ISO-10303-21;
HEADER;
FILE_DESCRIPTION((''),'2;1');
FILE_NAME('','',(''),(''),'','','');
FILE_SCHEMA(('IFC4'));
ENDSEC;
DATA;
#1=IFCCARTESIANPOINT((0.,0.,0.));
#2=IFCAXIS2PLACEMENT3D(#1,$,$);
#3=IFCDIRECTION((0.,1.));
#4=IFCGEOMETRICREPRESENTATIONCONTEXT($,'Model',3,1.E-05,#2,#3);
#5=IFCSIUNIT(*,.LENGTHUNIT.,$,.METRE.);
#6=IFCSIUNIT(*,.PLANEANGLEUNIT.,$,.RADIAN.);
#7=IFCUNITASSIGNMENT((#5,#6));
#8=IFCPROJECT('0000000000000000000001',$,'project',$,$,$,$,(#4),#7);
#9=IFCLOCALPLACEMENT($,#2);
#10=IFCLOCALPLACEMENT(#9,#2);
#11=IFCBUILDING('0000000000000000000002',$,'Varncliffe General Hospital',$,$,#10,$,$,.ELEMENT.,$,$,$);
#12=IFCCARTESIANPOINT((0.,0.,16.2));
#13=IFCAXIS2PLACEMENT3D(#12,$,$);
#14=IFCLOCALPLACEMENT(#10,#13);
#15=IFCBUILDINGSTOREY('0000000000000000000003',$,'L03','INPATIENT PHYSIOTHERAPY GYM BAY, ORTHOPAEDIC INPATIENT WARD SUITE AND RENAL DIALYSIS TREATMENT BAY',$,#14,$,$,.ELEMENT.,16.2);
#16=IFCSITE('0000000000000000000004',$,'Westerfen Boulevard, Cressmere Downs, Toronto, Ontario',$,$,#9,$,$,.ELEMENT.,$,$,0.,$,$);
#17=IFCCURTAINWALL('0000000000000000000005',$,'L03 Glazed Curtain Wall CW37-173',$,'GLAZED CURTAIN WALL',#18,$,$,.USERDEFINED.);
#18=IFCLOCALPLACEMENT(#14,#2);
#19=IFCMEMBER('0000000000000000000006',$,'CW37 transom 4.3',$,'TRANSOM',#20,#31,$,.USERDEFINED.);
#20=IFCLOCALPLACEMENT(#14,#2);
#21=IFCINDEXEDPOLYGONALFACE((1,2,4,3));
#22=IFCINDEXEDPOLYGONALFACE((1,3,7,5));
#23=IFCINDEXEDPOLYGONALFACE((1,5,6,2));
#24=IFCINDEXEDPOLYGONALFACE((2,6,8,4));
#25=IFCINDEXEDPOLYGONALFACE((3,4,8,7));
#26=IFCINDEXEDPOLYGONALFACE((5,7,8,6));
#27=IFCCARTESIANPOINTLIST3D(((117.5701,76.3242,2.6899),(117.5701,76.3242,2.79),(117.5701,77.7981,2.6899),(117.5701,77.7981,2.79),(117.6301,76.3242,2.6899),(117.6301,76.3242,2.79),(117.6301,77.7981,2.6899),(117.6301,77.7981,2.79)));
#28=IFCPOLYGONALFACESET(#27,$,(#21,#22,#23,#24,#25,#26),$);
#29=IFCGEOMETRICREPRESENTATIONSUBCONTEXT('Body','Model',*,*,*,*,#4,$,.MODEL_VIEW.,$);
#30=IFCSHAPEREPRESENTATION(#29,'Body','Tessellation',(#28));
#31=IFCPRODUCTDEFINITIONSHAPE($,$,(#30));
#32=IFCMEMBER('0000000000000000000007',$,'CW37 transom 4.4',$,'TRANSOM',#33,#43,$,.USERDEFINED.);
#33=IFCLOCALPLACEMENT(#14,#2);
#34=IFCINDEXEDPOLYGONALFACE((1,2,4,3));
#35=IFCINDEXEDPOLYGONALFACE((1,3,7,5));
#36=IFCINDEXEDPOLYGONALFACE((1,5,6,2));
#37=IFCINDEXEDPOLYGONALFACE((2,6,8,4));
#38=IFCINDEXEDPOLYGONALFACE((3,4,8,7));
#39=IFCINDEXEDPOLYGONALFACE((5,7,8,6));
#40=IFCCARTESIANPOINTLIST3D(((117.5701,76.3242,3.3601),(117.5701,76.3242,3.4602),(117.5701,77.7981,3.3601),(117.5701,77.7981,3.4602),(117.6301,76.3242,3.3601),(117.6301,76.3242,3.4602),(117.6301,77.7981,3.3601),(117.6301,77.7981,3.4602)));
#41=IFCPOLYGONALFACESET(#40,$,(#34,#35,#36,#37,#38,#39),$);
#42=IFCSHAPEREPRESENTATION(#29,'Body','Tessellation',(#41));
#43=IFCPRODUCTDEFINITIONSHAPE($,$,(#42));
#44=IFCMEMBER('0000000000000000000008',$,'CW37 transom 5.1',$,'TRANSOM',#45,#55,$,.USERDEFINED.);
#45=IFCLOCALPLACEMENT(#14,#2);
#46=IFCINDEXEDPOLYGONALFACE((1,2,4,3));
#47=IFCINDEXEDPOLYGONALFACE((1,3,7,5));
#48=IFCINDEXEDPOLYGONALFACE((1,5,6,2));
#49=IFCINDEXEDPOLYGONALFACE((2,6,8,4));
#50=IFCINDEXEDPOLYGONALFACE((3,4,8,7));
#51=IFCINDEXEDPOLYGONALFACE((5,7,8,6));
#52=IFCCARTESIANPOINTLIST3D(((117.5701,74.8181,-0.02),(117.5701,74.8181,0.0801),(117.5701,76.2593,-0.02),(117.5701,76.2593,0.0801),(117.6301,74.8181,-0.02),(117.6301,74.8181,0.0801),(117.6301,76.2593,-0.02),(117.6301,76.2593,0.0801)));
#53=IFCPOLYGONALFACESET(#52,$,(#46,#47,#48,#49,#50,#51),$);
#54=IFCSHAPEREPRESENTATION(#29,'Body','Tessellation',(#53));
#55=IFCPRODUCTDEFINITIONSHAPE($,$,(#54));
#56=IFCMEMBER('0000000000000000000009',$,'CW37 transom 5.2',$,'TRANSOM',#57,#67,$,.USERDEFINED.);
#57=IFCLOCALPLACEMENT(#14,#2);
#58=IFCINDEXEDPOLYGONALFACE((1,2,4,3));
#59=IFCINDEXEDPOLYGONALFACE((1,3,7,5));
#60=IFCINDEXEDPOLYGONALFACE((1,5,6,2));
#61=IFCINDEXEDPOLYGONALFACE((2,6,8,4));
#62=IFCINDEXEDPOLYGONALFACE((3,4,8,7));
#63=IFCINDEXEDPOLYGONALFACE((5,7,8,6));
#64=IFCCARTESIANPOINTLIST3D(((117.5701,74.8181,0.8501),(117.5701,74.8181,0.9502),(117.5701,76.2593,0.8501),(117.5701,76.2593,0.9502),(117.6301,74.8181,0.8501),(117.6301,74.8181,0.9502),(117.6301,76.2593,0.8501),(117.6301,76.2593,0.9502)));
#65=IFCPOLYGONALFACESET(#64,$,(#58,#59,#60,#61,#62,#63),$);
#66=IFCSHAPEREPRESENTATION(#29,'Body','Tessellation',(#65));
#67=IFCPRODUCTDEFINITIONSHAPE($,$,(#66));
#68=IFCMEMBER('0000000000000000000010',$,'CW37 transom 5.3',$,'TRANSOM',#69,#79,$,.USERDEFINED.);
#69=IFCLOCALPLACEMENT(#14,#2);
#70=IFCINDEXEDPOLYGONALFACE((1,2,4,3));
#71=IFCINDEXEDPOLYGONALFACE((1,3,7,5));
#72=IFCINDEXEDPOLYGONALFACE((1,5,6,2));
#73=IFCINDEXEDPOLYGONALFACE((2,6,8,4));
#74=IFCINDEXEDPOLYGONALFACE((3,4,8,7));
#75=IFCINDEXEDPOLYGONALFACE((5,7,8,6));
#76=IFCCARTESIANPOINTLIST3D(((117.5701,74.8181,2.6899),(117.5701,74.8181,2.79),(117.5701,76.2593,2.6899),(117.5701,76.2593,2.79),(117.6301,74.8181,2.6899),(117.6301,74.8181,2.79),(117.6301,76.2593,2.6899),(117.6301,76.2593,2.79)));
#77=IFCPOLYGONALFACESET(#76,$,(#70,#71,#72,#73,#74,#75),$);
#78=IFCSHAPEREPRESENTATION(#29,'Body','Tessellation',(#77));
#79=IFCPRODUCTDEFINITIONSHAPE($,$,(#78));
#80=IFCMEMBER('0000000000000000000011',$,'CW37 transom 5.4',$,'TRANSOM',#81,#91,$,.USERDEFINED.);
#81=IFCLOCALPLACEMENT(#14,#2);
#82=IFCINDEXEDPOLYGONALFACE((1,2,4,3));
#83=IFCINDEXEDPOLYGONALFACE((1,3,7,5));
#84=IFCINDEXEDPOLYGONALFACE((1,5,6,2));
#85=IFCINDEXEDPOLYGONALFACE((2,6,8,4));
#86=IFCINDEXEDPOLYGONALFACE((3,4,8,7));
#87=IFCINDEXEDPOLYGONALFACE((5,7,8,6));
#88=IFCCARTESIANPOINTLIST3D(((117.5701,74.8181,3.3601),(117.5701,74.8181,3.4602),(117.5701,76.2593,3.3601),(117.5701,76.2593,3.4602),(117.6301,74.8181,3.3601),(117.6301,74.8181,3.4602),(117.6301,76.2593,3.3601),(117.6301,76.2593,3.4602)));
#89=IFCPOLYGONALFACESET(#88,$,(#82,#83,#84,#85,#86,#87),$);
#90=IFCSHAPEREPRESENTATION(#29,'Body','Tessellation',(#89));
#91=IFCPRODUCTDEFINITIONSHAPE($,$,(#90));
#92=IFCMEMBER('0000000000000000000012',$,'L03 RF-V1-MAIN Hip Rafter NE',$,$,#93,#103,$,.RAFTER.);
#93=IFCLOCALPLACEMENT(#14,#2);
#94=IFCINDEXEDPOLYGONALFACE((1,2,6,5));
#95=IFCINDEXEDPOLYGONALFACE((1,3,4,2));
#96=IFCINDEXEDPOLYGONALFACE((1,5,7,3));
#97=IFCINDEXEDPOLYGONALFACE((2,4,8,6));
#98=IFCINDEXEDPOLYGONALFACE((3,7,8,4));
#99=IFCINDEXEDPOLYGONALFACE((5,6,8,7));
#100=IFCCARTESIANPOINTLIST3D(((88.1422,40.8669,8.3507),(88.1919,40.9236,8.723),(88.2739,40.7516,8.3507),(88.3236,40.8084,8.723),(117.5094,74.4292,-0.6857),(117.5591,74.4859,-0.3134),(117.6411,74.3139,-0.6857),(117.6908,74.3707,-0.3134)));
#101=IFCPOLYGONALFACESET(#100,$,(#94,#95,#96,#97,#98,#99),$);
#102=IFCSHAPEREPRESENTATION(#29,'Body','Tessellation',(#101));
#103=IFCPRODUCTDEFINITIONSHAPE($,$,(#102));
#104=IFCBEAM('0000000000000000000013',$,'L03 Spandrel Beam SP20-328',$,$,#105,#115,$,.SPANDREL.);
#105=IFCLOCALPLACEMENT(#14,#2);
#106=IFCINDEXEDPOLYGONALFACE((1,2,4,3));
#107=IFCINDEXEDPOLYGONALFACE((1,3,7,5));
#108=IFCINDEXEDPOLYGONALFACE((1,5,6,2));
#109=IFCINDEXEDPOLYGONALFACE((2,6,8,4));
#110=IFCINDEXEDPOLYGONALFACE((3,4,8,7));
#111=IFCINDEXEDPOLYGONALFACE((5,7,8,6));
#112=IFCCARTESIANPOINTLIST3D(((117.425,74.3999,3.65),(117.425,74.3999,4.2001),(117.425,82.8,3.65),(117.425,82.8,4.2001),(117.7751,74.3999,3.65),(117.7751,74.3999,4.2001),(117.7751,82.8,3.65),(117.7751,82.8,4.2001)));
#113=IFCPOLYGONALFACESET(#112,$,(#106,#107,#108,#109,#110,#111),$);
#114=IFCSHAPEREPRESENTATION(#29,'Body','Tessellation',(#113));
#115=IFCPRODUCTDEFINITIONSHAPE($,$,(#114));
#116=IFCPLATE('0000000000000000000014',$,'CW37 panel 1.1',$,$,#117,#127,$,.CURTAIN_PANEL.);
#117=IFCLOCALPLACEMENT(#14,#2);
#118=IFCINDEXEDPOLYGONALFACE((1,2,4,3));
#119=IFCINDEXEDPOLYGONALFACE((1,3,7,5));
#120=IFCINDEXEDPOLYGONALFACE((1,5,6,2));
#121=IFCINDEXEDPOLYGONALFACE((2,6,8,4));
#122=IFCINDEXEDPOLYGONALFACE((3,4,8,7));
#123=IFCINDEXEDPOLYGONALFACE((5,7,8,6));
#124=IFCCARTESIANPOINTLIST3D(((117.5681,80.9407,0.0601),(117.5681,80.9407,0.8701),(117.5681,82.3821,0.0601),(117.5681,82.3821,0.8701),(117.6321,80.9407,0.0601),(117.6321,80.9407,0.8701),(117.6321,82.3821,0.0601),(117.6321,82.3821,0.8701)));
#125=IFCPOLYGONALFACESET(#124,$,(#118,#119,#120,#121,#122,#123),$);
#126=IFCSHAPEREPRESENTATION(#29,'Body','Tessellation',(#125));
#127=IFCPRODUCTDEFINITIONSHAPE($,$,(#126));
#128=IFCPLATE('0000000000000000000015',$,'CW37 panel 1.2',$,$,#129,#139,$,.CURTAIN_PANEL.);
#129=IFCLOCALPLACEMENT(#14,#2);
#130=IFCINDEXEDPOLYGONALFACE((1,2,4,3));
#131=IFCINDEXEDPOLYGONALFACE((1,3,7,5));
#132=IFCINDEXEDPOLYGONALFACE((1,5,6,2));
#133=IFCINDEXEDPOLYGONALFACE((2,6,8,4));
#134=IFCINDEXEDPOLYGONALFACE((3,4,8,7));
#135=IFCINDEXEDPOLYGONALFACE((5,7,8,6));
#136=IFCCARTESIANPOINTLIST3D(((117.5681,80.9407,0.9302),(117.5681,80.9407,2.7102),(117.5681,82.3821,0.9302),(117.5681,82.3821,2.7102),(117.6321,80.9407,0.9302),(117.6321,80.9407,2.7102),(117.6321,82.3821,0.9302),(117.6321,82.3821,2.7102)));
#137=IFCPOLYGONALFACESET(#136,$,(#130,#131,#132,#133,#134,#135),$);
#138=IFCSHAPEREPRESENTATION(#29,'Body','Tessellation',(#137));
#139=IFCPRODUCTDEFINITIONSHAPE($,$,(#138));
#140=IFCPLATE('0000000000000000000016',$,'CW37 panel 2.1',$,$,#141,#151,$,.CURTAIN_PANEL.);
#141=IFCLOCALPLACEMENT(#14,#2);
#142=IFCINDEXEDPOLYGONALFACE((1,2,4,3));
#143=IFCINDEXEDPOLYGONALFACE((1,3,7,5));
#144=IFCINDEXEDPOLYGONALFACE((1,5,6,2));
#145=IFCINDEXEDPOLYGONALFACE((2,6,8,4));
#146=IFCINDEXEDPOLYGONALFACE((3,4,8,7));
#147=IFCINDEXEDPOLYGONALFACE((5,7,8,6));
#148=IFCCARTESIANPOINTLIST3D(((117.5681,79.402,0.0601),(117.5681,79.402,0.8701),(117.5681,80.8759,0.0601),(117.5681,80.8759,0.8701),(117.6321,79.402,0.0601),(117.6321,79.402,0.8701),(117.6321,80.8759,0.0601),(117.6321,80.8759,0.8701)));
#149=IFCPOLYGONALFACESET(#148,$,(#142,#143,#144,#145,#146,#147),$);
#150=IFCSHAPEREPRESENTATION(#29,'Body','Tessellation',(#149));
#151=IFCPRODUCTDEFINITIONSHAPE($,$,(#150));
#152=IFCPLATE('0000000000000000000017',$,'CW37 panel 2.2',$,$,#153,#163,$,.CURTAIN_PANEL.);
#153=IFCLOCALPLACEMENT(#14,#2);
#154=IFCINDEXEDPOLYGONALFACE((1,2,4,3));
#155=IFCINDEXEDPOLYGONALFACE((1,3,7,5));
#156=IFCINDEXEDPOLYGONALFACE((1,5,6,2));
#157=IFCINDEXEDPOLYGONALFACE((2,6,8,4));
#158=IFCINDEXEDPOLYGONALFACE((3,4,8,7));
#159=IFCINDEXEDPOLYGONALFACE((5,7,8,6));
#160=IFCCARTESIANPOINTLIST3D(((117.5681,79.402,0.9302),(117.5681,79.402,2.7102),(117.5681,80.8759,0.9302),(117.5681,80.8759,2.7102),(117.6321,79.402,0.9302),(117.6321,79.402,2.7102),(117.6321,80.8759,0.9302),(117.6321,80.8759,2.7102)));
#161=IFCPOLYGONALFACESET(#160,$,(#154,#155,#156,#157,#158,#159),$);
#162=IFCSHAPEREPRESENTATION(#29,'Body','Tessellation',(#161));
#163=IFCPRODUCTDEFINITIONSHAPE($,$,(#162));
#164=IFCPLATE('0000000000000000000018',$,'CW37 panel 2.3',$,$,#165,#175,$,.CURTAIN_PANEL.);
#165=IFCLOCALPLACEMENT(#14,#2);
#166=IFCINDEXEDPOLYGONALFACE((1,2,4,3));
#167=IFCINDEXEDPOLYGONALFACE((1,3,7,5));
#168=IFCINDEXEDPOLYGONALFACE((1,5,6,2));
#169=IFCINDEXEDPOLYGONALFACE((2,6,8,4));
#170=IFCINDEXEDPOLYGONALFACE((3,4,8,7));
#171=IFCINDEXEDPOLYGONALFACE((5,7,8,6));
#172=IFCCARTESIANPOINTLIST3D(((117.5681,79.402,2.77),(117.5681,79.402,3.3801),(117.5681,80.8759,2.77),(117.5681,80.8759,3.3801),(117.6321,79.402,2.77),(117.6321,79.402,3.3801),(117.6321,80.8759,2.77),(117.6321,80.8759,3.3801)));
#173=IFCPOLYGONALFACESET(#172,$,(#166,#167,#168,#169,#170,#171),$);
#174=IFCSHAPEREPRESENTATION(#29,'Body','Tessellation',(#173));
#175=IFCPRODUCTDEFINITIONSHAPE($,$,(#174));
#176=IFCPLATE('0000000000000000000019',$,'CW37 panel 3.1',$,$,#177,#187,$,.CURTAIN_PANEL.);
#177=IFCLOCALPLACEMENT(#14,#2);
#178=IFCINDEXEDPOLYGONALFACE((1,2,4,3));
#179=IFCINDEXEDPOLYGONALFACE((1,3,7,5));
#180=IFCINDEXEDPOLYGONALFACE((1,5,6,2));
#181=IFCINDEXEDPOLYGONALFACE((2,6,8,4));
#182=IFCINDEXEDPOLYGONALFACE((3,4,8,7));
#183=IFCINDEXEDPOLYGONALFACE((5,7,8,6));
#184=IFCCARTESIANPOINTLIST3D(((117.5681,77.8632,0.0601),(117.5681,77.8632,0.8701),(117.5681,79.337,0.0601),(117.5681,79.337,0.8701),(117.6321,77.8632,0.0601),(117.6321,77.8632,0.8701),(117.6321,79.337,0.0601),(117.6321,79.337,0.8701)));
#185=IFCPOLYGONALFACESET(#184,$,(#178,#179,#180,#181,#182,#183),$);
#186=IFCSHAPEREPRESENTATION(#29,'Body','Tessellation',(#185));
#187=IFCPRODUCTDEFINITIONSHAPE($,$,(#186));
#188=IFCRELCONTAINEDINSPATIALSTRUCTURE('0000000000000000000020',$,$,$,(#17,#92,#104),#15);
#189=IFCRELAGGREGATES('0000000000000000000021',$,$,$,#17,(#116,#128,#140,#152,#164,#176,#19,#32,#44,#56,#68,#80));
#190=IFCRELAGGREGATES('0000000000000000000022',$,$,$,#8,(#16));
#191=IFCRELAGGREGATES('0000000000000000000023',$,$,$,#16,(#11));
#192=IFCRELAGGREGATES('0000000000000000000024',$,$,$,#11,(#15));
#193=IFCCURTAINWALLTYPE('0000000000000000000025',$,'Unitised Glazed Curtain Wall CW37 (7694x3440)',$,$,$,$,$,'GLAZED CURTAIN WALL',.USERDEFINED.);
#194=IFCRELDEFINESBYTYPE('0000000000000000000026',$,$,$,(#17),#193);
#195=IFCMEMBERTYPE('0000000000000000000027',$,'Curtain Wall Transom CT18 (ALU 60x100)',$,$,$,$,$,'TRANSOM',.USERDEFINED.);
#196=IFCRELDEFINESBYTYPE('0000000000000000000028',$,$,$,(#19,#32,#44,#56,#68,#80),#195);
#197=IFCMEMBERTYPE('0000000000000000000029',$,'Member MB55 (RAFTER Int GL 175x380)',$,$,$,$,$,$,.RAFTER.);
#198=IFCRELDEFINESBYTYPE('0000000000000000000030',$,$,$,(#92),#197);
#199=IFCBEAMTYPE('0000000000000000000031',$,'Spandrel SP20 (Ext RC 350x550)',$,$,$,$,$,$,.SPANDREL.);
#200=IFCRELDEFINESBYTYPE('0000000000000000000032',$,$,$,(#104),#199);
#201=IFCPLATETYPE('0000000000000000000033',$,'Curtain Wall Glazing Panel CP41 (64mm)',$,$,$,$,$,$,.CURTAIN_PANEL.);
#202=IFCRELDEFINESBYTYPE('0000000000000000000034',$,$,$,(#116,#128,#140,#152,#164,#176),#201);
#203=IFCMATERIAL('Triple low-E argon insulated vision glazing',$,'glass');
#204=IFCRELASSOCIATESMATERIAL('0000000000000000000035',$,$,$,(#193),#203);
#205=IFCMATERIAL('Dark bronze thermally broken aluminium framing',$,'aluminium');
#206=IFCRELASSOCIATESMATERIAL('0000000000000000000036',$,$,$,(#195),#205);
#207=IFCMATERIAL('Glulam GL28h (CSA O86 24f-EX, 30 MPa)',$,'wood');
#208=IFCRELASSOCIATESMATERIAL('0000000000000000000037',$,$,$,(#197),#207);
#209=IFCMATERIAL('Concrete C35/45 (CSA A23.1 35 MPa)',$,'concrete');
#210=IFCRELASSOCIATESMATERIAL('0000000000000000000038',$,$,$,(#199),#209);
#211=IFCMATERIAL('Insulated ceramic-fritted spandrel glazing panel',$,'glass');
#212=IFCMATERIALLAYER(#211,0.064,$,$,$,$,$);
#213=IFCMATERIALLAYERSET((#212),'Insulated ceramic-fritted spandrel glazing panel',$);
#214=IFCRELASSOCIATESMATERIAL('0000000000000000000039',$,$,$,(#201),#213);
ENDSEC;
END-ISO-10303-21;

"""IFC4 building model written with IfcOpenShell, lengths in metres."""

from ifc_helpers import new_model, si_unit, direction, frame, origin, origin_2d, place, context, subcontext, project, spatial, rectangle, extrude, material, layer, layer_set, material_profile, profile_set, type_object, element, aggregate, save


model = new_model("IFC4")

# Units and contexts
model_context = context("Model", 3, precision=1e-05, world=origin(), true_north=direction((0.0, 1.0)))
body_context = subcontext(model_context, "Body", "Model", "MODEL_VIEW")
ifc_project = project(units=[si_unit("LENGTHUNIT", "METRE"), si_unit("PLANEANGLEUNIT", "RADIAN")], contexts=[model_context])

# Site, building, storey
site_placement = place(None, origin())
site = spatial("IfcSite", under=ifc_project, at=site_placement, Name="Westerfen Boulevard, Cressmere Downs, Toronto, Ontario", CompositionType="ELEMENT", RefElevation=0.0)
building_placement = place(site_placement, origin())
building = spatial("IfcBuilding", under=site, at=building_placement, Name="Varncliffe General Hospital", CompositionType="ELEMENT")
storey_placement = place(building_placement, frame((0.0, 0.0, 16.2)))
storey = spatial("IfcBuildingStorey", under=building, at=storey_placement, Name="L03", Description="INPATIENT PHYSIOTHERAPY GYM BAY, ORTHOPAEDIC INPATIENT WARD SUITE AND RENAL DIALYSIS TREATMENT BAY", CompositionType="ELEMENT", Elevation=16.2)

# Curtain wall, members
ifc_material_1 = material(Name="Triple low-E argon insulated vision glazing", Category="glass")
curtain_wall_type = type_object("IfcCurtainWallType", Name="Unitised Glazed Curtain Wall CW37 (7694x3440)", ElementType="GLAZED CURTAIN WALL", PredefinedType="USERDEFINED", material=ifc_material_1)
curtain_wall_placement = place(storey_placement, origin())
curtain_wall = element("IfcCurtainWall", 1, at=curtain_wall_placement, inside=storey, type_object=curtain_wall_type, Name="L03 Glazed Curtain Wall CW37-173", ObjectType="GLAZED CURTAIN WALL", PredefinedType="USERDEFINED")
ifc_material_2 = material(Name="Dark bronze thermally broken aluminium framing", Category="aluminium")
ifc_material_profile_1 = material_profile(ifc_material_2, rectangle(XDim=0.0601, YDim=0.1001, at=origin_2d()), Name="ALU 60x100")
ifc_profile_set_1 = profile_set([ifc_material_profile_1], Name="Dark bronze thermally broken aluminium framing")
member_type_1 = type_object("IfcMemberType", Name="Curtain Wall Transom CT18 (ALU 60x100)", ElementType="TRANSOM", PredefinedType="USERDEFINED", material=ifc_profile_set_1)
member_1_placement = place(storey_placement, frame((117.6001, 77.7981, 2.74), z_axis=(0.0, -1.0, 0.0), x_axis=(1.0, 0.0, 0.0)))
member_1 = element("IfcMember", 2, at=member_1_placement, type_object=member_type_1, Name="CW37 transom 4.3", ObjectType="TRANSOM", PredefinedType="USERDEFINED", context=body_context, shape_type="SweptSolid", body=[
    extrude(rectangle(XDim=0.0601, YDim=0.1001, at=origin_2d()), origin(), (0.0, 0.0, 1.0), 1.4739),
])
member_2_placement = place(storey_placement, frame((117.6001, 77.7981, 3.4102), z_axis=(0.0, -1.0, 0.0), x_axis=(1.0, 0.0, 0.0)))
member_2 = element("IfcMember", 3, at=member_2_placement, type_object=member_type_1, Name="CW37 transom 4.4", ObjectType="TRANSOM", PredefinedType="USERDEFINED", context=body_context, shape_type="SweptSolid", body=[
    extrude(rectangle(XDim=0.0601, YDim=0.1001, at=origin_2d()), origin(), (0.0, 0.0, 1.0), 1.4739),
])
member_3_placement = place(storey_placement, frame((117.6001, 76.2593, 0.03), z_axis=(0.0, -1.0, 0.0), x_axis=(1.0, 0.0, 0.0)))
member_3 = element("IfcMember", 4, at=member_3_placement, type_object=member_type_1, Name="CW37 transom 5.1", ObjectType="TRANSOM", PredefinedType="USERDEFINED", context=body_context, shape_type="SweptSolid", body=[
    extrude(rectangle(XDim=0.0601, YDim=0.1001, at=origin_2d()), origin(), (0.0, 0.0, 1.0), 1.4412),
])
member_4_placement = place(storey_placement, frame((117.6001, 76.2593, 0.9001), z_axis=(0.0, -1.0, 0.0), x_axis=(1.0, 0.0, 0.0)))
member_4 = element("IfcMember", 5, at=member_4_placement, type_object=member_type_1, Name="CW37 transom 5.2", ObjectType="TRANSOM", PredefinedType="USERDEFINED", context=body_context, shape_type="SweptSolid", body=[
    extrude(rectangle(XDim=0.0601, YDim=0.1001, at=origin_2d()), origin(), (0.0, 0.0, 1.0), 1.4412),
])
member_5_placement = place(storey_placement, frame((117.6001, 76.2593, 2.74), z_axis=(0.0, -1.0, 0.0), x_axis=(1.0, 0.0, 0.0)))
member_5 = element("IfcMember", 6, at=member_5_placement, type_object=member_type_1, Name="CW37 transom 5.3", ObjectType="TRANSOM", PredefinedType="USERDEFINED", context=body_context, shape_type="SweptSolid", body=[
    extrude(rectangle(XDim=0.0601, YDim=0.1001, at=origin_2d()), origin(), (0.0, 0.0, 1.0), 1.4412),
])
member_6_placement = place(storey_placement, frame((117.6001, 76.2593, 3.4102), z_axis=(0.0, -1.0, 0.0), x_axis=(1.0, 0.0, 0.0)))
member_6 = element("IfcMember", 7, at=member_6_placement, type_object=member_type_1, Name="CW37 transom 5.4", ObjectType="TRANSOM", PredefinedType="USERDEFINED", context=body_context, shape_type="SweptSolid", body=[
    extrude(rectangle(XDim=0.0601, YDim=0.1001, at=origin_2d()), origin(), (0.0, 0.0, 1.0), 1.4412),
])

# Member
ifc_material_3 = material(Name="Glulam GL28h (CSA O86 24f-EX, 30 MPa)", Category="wood")
ifc_material_profile_2 = material_profile(ifc_material_3, rectangle(XDim=0.175, YDim=0.3799, at=origin_2d()), Name="GL 175x380")
ifc_profile_set_2 = profile_set([ifc_material_profile_2], Name="Glulam GL28h (CSA O86 24f-EX, 30 MPa)")
member_type_2 = type_object("IfcMemberType", Name="Member MB55 (RAFTER Int GL 175x380)", PredefinedType="RAFTER", material=ifc_profile_set_2)
member_7_placement = place(storey_placement, frame((117.6001, 74.3999, -0.4995), z_axis=(-0.645392, -0.737585, 0.198589), x_axis=(0.752574, -0.658507, 0.0)))
element("IfcMember", 8, at=member_7_placement, inside=storey, type_object=member_type_2, Name="L03 RF-V1-MAIN Hip Rafter NE", PredefinedType="RAFTER", context=body_context, shape_type="SweptSolid", body=[
    extrude(rectangle(XDim=0.175, YDim=0.3799, at=origin_2d()), origin(), (0.0, 0.0, 1.0), 45.5029),
])

# Beam
ifc_material_4 = material(Name="Concrete C35/45 (CSA A23.1 35 MPa)", Category="concrete")
ifc_material_profile_3 = material_profile(ifc_material_4, rectangle(XDim=0.3501, YDim=0.55, at=origin_2d()), Name="RC 350x550")
ifc_profile_set_3 = profile_set([ifc_material_profile_3], Name="Concrete C35/45 (CSA A23.1 35 MPa)")
beam_type = type_object("IfcBeamType", Name="Spandrel SP20 (Ext RC 350x550)", PredefinedType="SPANDREL", material=ifc_profile_set_3)
beam_placement = place(storey_placement, frame((117.6001, 74.3999, 3.925), z_axis=(0.0, 1.0, 0.0), x_axis=(-1.0, 0.0, 0.0)))
element("IfcBeam", 9, at=beam_placement, inside=storey, type_object=beam_type, Name="L03 Spandrel Beam SP20-328", PredefinedType="SPANDREL", context=body_context, shape_type="SweptSolid", body=[
    extrude(rectangle(XDim=0.3501, YDim=0.55, at=origin_2d()), origin(), (0.0, 0.0, 1.0), 8.4001),
])

# Plates
ifc_material_5 = material(Name="Insulated ceramic-fritted spandrel glazing panel", Category="glass")
ifc_layer_1 = layer(ifc_material_5, 0.064)
ifc_layer_set_1 = layer_set([ifc_layer_1], Name="Insulated ceramic-fritted spandrel glazing panel")
plate_type = type_object("IfcPlateType", Name="Curtain Wall Glazing Panel CP41 (64mm)", PredefinedType="CURTAIN_PANEL", material=ifc_layer_set_1)
plate_1_placement = place(storey_placement, frame((117.6001, 81.6614, 0.0601), z_axis=(0.0, 0.0, 1.0), x_axis=(0.0, -1.0, 0.0)))
plate_1 = element("IfcPlate", 10, at=plate_1_placement, type_object=plate_type, Name="CW37 panel 1.1", PredefinedType="CURTAIN_PANEL", context=body_context, shape_type="SweptSolid", body=[
    extrude(rectangle(XDim=1.4414, YDim=0.064, at=origin_2d()), origin(), (0.0, 0.0, 1.0), 0.8101),
])
plate_2_placement = place(storey_placement, frame((117.6001, 81.6614, 0.9302), z_axis=(0.0, 0.0, 1.0), x_axis=(0.0, -1.0, 0.0)))
plate_2 = element("IfcPlate", 11, at=plate_2_placement, type_object=plate_type, Name="CW37 panel 1.2", PredefinedType="CURTAIN_PANEL", context=body_context, shape_type="SweptSolid", body=[
    extrude(rectangle(XDim=1.4414, YDim=0.064, at=origin_2d()), origin(), (0.0, 0.0, 1.0), 1.78),
])
plate_3_placement = place(storey_placement, frame((117.6001, 80.1389, 0.0601), z_axis=(0.0, 0.0, 1.0), x_axis=(0.0, -1.0, 0.0)))
plate_3 = element("IfcPlate", 12, at=plate_3_placement, type_object=plate_type, Name="CW37 panel 2.1", PredefinedType="CURTAIN_PANEL", context=body_context, shape_type="SweptSolid", body=[
    extrude(rectangle(XDim=1.4739, YDim=0.064, at=origin_2d()), origin(), (0.0, 0.0, 1.0), 0.8101),
])
plate_4_placement = place(storey_placement, frame((117.6001, 80.1389, 0.9302), z_axis=(0.0, 0.0, 1.0), x_axis=(0.0, -1.0, 0.0)))
plate_4 = element("IfcPlate", 13, at=plate_4_placement, type_object=plate_type, Name="CW37 panel 2.2", PredefinedType="CURTAIN_PANEL", context=body_context, shape_type="SweptSolid", body=[
    extrude(rectangle(XDim=1.4739, YDim=0.064, at=origin_2d()), origin(), (0.0, 0.0, 1.0), 1.78),
])
plate_5_placement = place(storey_placement, frame((117.6001, 80.1389, 2.77), z_axis=(0.0, 0.0, 1.0), x_axis=(0.0, -1.0, 0.0)))
plate_5 = element("IfcPlate", 14, at=plate_5_placement, type_object=plate_type, Name="CW37 panel 2.3", PredefinedType="CURTAIN_PANEL", context=body_context, shape_type="SweptSolid", body=[
    extrude(rectangle(XDim=1.4739, YDim=0.064, at=origin_2d()), origin(), (0.0, 0.0, 1.0), 0.6101),
])
plate_6_placement = place(storey_placement, frame((117.6001, 78.6001, 0.0601), z_axis=(0.0, 0.0, 1.0), x_axis=(0.0, -1.0, 0.0)))
plate_6 = element("IfcPlate", 15, at=plate_6_placement, type_object=plate_type, Name="CW37 panel 3.1", PredefinedType="CURTAIN_PANEL", context=body_context, shape_type="SweptSolid", body=[
    extrude(rectangle(XDim=1.4739, YDim=0.064, at=origin_2d()), origin(), (0.0, 0.0, 1.0), 0.8101),
])
aggregate(curtain_wall, [plate_1, plate_2, plate_3, plate_4, plate_5, plate_6, member_1, member_2, member_3, member_4, member_5, member_6])

save(model, "model.ifc")
